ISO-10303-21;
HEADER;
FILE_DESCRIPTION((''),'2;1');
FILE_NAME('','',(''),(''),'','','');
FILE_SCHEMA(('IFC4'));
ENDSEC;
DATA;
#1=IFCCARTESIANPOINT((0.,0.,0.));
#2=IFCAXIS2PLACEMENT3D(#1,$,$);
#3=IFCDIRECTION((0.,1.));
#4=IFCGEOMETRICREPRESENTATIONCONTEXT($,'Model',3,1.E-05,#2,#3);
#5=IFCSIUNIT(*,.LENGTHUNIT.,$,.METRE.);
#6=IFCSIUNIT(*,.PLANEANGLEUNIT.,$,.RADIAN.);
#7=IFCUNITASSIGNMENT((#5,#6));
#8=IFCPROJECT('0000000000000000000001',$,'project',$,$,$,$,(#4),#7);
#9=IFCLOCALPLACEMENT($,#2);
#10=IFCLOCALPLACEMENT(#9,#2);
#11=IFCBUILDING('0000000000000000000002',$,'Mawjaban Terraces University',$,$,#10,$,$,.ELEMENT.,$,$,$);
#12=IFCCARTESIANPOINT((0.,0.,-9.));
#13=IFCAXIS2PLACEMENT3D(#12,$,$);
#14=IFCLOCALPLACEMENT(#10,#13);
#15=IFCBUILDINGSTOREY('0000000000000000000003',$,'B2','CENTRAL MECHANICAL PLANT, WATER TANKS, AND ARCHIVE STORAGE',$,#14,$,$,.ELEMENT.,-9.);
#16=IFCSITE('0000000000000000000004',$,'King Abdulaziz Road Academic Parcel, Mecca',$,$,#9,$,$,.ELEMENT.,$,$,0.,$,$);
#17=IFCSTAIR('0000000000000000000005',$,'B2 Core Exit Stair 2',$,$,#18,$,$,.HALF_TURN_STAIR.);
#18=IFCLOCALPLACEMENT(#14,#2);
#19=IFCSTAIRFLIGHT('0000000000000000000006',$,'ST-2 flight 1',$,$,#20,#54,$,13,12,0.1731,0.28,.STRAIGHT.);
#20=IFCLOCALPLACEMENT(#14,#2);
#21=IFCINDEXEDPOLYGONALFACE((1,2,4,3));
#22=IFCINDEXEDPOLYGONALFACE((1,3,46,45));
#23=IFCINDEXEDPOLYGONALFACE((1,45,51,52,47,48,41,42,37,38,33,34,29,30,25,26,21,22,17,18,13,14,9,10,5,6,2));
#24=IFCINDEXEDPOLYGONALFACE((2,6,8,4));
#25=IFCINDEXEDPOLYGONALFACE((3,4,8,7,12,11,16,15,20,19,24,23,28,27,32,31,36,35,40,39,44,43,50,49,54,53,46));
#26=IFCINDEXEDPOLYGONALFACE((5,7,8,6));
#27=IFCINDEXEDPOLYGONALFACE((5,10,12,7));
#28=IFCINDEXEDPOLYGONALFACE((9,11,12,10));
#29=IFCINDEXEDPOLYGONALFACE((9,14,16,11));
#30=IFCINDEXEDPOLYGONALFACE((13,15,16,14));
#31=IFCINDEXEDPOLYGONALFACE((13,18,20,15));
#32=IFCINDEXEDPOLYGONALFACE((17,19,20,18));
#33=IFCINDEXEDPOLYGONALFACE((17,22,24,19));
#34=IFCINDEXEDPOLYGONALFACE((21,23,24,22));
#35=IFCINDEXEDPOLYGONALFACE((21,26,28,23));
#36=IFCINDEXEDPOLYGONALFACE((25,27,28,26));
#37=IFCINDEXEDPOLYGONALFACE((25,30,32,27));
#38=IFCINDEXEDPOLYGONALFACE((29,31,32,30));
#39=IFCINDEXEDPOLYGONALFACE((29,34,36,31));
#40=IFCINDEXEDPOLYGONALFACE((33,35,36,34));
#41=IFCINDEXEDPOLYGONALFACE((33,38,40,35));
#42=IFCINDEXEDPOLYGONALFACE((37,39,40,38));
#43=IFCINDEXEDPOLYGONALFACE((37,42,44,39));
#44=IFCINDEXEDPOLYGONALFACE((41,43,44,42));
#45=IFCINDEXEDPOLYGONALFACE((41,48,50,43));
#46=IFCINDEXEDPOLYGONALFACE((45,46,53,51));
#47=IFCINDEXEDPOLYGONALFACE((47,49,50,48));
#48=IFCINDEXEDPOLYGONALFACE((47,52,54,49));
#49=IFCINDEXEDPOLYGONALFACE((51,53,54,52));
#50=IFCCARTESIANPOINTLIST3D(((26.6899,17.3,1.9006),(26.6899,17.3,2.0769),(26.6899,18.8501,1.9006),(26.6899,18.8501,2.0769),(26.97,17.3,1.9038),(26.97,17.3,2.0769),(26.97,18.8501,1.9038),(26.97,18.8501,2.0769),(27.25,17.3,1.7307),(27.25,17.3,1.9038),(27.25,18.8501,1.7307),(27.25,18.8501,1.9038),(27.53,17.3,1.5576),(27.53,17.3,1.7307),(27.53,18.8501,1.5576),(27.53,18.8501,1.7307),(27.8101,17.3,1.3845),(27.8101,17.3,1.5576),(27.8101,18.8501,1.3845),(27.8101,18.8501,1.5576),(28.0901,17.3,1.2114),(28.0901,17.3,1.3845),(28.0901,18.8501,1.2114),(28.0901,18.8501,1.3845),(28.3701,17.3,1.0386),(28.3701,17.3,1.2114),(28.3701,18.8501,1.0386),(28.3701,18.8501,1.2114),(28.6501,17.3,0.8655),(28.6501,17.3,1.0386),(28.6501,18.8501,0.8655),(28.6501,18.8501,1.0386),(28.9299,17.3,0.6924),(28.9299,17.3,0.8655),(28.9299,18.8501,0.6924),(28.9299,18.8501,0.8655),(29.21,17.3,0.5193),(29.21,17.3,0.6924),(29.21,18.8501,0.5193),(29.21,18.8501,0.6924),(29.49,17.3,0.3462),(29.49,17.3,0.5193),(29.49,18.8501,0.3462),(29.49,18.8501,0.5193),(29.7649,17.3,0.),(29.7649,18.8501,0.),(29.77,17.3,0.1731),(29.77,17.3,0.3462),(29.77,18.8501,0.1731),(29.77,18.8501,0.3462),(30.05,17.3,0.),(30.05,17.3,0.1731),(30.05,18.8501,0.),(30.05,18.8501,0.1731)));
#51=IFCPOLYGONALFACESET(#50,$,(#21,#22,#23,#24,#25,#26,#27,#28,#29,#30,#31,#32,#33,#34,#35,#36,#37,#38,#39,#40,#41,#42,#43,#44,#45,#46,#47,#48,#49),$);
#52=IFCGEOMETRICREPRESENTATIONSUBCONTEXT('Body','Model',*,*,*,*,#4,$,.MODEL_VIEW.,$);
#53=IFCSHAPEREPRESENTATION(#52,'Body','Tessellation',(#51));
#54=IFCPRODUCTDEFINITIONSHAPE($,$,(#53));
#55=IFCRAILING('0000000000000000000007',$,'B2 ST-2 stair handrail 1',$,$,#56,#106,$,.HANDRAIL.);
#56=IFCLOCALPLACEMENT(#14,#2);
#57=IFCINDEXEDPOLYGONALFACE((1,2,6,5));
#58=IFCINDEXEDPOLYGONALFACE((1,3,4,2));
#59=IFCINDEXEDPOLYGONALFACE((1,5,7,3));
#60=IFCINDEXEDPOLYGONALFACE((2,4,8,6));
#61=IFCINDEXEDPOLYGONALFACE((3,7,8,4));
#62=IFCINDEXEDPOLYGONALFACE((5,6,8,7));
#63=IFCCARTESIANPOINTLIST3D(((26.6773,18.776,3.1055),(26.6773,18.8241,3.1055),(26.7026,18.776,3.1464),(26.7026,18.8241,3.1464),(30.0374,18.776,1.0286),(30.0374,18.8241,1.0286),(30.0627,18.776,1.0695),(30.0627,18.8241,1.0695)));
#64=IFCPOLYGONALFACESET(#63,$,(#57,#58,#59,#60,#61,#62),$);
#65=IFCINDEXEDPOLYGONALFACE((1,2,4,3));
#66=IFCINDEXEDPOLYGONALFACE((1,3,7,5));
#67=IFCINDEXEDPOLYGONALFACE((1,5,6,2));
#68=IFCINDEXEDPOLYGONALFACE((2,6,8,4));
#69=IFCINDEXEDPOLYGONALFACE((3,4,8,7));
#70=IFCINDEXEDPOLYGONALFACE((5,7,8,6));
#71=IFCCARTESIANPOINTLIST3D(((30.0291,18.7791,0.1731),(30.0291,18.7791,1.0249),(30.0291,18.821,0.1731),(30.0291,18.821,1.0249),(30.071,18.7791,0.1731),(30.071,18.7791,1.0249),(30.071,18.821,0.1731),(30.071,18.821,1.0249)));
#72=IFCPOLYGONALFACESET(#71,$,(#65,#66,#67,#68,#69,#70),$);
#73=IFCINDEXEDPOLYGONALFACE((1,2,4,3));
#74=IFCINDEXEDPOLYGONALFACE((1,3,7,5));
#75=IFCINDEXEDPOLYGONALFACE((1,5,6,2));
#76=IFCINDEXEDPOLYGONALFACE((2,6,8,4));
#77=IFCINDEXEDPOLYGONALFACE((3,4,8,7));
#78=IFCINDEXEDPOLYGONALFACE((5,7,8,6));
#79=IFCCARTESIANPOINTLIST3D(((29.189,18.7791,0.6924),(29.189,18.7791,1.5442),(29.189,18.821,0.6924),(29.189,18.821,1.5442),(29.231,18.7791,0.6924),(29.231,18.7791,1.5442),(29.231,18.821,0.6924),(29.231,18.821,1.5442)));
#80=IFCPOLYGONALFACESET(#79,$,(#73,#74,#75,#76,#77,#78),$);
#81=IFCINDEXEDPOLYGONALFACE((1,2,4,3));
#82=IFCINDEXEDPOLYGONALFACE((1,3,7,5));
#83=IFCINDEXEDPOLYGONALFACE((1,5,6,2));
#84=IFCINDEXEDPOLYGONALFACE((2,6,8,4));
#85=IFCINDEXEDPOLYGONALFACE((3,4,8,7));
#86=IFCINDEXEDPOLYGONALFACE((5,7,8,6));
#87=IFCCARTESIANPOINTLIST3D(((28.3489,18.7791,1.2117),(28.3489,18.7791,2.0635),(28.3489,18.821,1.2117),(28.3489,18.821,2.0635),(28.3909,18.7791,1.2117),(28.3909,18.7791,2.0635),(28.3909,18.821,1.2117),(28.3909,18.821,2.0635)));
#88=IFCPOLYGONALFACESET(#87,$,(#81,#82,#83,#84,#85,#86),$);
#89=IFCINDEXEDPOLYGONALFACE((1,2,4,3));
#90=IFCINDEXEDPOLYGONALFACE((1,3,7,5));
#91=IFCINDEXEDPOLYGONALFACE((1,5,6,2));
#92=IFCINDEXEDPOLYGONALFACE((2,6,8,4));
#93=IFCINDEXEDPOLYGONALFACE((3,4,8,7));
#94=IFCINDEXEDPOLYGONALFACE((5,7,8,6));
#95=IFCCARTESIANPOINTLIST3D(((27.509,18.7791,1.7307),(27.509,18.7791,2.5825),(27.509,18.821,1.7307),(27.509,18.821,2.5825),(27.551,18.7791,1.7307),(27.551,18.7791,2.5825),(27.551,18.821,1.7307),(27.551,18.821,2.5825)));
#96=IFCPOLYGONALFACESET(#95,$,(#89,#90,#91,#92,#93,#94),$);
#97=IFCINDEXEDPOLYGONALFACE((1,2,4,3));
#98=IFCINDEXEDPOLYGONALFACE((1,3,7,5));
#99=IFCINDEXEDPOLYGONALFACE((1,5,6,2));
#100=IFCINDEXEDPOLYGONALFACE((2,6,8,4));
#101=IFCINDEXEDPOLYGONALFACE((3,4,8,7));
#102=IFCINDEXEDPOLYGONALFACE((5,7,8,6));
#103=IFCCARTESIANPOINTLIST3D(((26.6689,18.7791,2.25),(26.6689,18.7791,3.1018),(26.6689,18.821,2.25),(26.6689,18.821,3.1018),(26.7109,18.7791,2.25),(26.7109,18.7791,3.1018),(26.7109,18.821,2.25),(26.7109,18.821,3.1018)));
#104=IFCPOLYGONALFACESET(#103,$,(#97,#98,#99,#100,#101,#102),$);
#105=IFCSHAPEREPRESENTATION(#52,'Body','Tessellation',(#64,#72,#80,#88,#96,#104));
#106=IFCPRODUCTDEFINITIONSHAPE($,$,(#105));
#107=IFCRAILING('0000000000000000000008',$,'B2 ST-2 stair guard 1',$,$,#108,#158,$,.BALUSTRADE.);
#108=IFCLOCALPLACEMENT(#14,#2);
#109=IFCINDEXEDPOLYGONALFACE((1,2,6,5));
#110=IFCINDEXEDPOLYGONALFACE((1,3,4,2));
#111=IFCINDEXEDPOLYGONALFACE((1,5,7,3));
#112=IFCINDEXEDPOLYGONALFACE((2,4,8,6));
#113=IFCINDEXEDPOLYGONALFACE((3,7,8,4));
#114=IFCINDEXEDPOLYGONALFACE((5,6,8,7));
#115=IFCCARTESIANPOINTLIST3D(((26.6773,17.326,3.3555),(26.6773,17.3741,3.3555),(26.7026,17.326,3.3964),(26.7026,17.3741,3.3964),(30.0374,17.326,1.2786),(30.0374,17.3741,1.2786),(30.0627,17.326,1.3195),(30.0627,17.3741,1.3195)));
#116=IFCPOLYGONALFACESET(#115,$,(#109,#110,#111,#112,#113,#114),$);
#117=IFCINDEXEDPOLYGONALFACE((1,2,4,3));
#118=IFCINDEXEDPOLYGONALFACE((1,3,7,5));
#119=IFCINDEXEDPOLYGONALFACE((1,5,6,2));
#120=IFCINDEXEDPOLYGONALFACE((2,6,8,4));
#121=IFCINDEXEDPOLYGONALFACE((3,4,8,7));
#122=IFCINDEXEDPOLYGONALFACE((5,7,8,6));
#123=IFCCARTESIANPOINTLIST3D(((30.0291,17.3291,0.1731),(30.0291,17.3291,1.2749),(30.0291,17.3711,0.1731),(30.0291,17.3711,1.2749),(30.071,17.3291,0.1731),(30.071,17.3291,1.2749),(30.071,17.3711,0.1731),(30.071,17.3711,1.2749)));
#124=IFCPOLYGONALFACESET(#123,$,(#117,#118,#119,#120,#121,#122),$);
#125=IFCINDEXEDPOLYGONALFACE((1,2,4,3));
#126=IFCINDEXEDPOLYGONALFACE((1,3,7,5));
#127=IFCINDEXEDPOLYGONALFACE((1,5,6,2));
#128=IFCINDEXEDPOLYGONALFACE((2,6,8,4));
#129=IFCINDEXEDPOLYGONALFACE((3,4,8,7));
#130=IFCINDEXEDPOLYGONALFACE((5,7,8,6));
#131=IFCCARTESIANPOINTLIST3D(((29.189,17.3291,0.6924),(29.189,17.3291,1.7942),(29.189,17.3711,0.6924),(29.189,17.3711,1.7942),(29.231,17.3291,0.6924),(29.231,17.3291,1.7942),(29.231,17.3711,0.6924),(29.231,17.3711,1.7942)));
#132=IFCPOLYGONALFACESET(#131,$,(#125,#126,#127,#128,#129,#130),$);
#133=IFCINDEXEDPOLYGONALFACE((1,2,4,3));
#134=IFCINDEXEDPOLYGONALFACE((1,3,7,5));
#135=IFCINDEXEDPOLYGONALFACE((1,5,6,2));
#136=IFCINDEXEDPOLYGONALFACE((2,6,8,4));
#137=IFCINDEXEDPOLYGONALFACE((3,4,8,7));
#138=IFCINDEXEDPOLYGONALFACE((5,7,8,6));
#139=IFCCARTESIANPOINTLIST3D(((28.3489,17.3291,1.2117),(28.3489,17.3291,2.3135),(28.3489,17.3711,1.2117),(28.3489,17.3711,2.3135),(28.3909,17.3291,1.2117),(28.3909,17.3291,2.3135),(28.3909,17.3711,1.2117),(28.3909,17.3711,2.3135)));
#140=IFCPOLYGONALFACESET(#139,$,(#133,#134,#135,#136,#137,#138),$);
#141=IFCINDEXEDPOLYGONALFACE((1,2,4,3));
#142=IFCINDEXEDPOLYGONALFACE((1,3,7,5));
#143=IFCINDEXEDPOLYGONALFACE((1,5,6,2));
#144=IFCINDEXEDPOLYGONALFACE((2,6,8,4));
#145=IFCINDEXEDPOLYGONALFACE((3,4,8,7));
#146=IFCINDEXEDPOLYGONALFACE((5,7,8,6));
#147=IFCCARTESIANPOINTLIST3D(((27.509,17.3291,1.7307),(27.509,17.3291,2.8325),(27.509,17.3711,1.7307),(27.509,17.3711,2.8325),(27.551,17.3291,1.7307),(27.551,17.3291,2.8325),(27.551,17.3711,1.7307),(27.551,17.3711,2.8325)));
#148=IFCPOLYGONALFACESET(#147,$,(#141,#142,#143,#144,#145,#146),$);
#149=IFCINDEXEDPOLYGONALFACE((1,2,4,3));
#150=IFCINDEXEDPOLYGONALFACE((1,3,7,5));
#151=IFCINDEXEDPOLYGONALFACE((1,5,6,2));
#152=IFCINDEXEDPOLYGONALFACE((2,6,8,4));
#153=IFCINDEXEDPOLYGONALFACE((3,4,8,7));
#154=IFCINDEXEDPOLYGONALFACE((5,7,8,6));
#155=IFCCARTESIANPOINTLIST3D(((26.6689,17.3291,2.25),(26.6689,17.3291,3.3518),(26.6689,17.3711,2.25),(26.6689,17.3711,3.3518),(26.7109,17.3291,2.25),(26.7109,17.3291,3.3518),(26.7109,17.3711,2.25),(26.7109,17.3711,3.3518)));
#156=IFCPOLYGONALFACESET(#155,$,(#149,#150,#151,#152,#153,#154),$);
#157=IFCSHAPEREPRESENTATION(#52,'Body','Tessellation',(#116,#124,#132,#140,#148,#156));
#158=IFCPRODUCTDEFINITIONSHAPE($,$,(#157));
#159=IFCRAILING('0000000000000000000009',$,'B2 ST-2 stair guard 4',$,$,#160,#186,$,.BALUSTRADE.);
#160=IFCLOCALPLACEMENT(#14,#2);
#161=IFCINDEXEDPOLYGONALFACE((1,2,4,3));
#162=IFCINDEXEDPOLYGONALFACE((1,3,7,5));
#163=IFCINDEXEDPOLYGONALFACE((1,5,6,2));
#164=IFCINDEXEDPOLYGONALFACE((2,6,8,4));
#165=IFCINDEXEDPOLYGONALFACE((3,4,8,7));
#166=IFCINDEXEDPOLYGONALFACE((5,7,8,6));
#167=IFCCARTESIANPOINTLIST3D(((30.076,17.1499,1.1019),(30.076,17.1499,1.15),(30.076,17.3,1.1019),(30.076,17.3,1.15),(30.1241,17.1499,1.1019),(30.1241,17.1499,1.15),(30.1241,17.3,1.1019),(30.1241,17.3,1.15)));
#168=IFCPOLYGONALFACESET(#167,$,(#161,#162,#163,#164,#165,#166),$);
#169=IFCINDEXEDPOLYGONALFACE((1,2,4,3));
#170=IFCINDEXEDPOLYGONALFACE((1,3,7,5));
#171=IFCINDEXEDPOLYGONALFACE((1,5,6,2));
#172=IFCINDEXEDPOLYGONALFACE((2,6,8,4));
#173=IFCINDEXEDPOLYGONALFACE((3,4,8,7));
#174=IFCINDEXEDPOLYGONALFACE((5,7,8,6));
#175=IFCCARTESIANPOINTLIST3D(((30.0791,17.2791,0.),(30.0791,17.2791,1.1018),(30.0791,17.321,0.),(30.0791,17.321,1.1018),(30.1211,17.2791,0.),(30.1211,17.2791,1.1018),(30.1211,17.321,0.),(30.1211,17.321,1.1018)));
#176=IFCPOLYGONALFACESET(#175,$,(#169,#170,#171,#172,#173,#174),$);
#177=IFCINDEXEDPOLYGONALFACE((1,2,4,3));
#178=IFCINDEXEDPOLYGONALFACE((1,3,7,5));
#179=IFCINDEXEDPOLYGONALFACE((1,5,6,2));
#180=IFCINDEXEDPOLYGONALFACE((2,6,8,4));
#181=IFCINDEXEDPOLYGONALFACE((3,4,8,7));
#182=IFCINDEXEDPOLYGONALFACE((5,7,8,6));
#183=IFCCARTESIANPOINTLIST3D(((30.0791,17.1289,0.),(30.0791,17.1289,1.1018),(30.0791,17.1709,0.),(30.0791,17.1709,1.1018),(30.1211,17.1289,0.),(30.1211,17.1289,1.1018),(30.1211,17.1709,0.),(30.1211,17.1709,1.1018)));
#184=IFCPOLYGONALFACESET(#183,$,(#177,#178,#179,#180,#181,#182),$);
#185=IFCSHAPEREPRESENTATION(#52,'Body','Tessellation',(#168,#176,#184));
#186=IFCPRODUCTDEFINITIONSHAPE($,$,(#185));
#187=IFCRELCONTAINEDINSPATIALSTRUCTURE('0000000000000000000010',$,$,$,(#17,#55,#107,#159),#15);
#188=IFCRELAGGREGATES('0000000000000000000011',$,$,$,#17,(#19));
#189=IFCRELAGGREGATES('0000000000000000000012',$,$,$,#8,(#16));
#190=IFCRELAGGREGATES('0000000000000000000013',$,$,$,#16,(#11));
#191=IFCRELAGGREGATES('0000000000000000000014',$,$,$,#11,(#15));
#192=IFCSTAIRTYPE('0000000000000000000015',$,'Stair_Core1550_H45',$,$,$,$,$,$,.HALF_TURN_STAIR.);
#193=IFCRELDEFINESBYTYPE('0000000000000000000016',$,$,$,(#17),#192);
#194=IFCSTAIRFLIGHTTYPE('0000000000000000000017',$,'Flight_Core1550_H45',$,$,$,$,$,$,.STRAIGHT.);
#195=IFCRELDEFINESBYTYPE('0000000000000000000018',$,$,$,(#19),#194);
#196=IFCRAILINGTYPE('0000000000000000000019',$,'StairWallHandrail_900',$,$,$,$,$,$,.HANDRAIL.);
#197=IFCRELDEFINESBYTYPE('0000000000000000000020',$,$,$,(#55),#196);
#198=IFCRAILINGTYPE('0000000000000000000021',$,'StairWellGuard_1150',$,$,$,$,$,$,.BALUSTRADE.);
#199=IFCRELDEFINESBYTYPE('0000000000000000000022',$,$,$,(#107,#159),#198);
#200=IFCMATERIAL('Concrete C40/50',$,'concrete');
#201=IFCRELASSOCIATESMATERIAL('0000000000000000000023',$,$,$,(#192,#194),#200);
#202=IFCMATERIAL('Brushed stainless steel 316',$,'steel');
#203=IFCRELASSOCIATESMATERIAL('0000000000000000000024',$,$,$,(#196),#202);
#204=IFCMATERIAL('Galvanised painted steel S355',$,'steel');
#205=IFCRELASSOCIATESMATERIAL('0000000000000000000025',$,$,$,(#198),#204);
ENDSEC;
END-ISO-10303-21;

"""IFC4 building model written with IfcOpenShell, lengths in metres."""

from ifc_helpers import new_model, si_unit, direction, frame, origin, origin_2d, place, context, subcontext, project, spatial, polyline, rectangle, outline, extrude, material, type_object, element, aggregate, save


model = new_model("IFC4")

# Units and contexts
model_context = context("Model", 3, precision=1e-05, world=origin(), true_north=direction((0.0, 1.0)))
body_context = subcontext(model_context, "Body", "Model", "MODEL_VIEW")
ifc_project = project(units=[si_unit("LENGTHUNIT", "METRE"), si_unit("PLANEANGLEUNIT", "RADIAN")], contexts=[model_context])

# Site, building, storey
site_placement = place(None, origin())
site = spatial("IfcSite", under=ifc_project, at=site_placement, Name="King Abdulaziz Road Academic Parcel, Mecca", CompositionType="ELEMENT", RefElevation=0.0)
building_placement = place(site_placement, origin())
building = spatial("IfcBuilding", under=site, at=building_placement, Name="Mawjaban Terraces University", CompositionType="ELEMENT")
storey_placement = place(building_placement, frame((0.0, 0.0, -9.0)))
storey = spatial("IfcBuildingStorey", under=building, at=storey_placement, Name="B2", Description="CENTRAL MECHANICAL PLANT, WATER TANKS, AND ARCHIVE STORAGE", CompositionType="ELEMENT", Elevation=-9.0)

# Stair, stair flight
ifc_material_1 = material(Name="Concrete C40/50", Category="concrete")
stair_type = type_object("IfcStairType", Name="Stair_Core1550_H45", PredefinedType="HALF_TURN_STAIR", material=ifc_material_1)
stair_placement = place(storey_placement, origin())
stair = element("IfcStair", 1, at=stair_placement, inside=storey, type_object=stair_type, Name="B2 Core Exit Stair 2", PredefinedType="HALF_TURN_STAIR")
stair_flight_type = type_object("IfcStairFlightType", Name="Flight_Core1550_H45", PredefinedType="STRAIGHT", material=ifc_material_1)
stair_flight_placement = place(storey_placement, frame((30.05, 18.075, 0.0), z_axis=(0.0, 0.0, 1.0), x_axis=(-1.0, 0.0, 0.0)))
stair_flight = element("IfcStairFlight", 2, at=stair_flight_placement, type_object=stair_flight_type, Name="ST-2 flight 1", NumberOfRisers=13, NumberOfTreads=12, PredefinedType="STRAIGHT", RiserHeight=0.1731, TreadLength=0.28, context=body_context, shape_type="SweptSolid", body=[
    extrude(outline(polyline([(0.0, 0.0), (0.0, 0.1731), (0.28, 0.1731), (0.28, 0.3462), (0.5601, 0.3462), (0.5601, 0.5193), (0.8401, 0.5193), (0.8401, 0.6924), (1.1201, 0.6924), (1.1201, 0.8655), (1.3999, 0.8655), (1.3999, 1.0386), (1.6799, 1.0386), (1.6799, 1.2114), (1.96, 1.2114), (1.96, 1.3845), (2.24, 1.3845), (2.24, 1.5576), (2.52, 1.5576), (2.52, 1.7307), (2.8, 1.7307), (2.8, 1.9038), (3.0801, 1.9038), (3.0801, 2.0769), (3.3601, 2.0769), (3.3601, 2.25), (3.3601, 1.9006), (0.2852, 0.0), (0.0, 0.0)])), frame((0.0, 0.7749, 0.0), z_axis=(0.0, -1.0, 0.0), x_axis=(1.0, 0.0, 0.0)), (0.0, 0.0, 1.0), 1.55),
])
aggregate(stair, [stair_flight])

# Railings
ifc_material_2 = material(Name="Brushed stainless steel 316", Category="steel")
railing_type_1 = type_object("IfcRailingType", Name="StairWallHandrail_900", PredefinedType="HANDRAIL", material=ifc_material_2)
railing_1_placement = place(storey_placement, frame((30.05, 18.8, 0.1731)))
element("IfcRailing", 3, at=railing_1_placement, inside=storey, type_object=railing_type_1, Name="B2 ST-2 stair handrail 1", PredefinedType="HANDRAIL", context=body_context, shape_type="SweptSolid", body=[
    extrude(rectangle(XDim=0.0481, YDim=0.0481, at=origin_2d()), frame((0.0, 0.0, 0.876), z_axis=(-0.850623, 0.0, 0.525776), x_axis=(0.0, -1.0, 0.0)), (0.0, 0.0, 1.0), 3.9502),
    extrude(rectangle(XDim=0.042, YDim=0.042, at=origin_2d()), origin(), (0.0, 0.0, 1.0), 0.8518),
    extrude(rectangle(XDim=0.042, YDim=0.042, at=origin_2d()), frame((-0.8401, 0.0, 0.5193)), (0.0, 0.0, 1.0), 0.8518),
    extrude(rectangle(XDim=0.042, YDim=0.042, at=origin_2d()), frame((-1.6802, 0.0, 1.0386)), (0.0, 0.0, 1.0), 0.8518),
    extrude(rectangle(XDim=0.042, YDim=0.042, at=origin_2d()), frame((-2.52, 0.0, 1.5576)), (0.0, 0.0, 1.0), 0.8518),
    extrude(rectangle(XDim=0.042, YDim=0.042, at=origin_2d()), frame((-3.3601, 0.0, 2.0769)), (0.0, 0.0, 1.0), 0.8518),
])
ifc_material_3 = material(Name="Galvanised painted steel S355", Category="steel")
railing_type_2 = type_object("IfcRailingType", Name="StairWellGuard_1150", PredefinedType="BALUSTRADE", material=ifc_material_3)
railing_2_placement = place(storey_placement, frame((30.05, 17.3501, 0.1731)))
element("IfcRailing", 4, at=railing_2_placement, inside=storey, type_object=railing_type_2, Name="B2 ST-2 stair guard 1", PredefinedType="BALUSTRADE", context=body_context, shape_type="SweptSolid", body=[
    extrude(rectangle(XDim=0.0481, YDim=0.0481, at=origin_2d()), frame((0.0, 0.0, 1.126), z_axis=(-0.850623, 0.0, 0.525776), x_axis=(0.0, -1.0, 0.0)), (0.0, 0.0, 1.0), 3.9502),
    extrude(rectangle(XDim=0.042, YDim=0.042, at=origin_2d()), origin(), (0.0, 0.0, 1.0), 1.1018),
    extrude(rectangle(XDim=0.042, YDim=0.042, at=origin_2d()), frame((-0.8401, 0.0, 0.5193)), (0.0, 0.0, 1.0), 1.1018),
    extrude(rectangle(XDim=0.042, YDim=0.042, at=origin_2d()), frame((-1.6802, 0.0, 1.0386)), (0.0, 0.0, 1.0), 1.1018),
    extrude(rectangle(XDim=0.042, YDim=0.042, at=origin_2d()), frame((-2.52, 0.0, 1.5576)), (0.0, 0.0, 1.0), 1.1018),
    extrude(rectangle(XDim=0.042, YDim=0.042, at=origin_2d()), frame((-3.3601, 0.0, 2.0769)), (0.0, 0.0, 1.0), 1.1018),
])
railing_3_placement = place(storey_placement, frame((30.1001, 17.3, 0.0)))
element("IfcRailing", 5, at=railing_3_placement, inside=storey, type_object=railing_type_2, Name="B2 ST-2 stair guard 4", PredefinedType="BALUSTRADE", context=body_context, shape_type="SweptSolid", body=[
    extrude(rectangle(XDim=0.0481, YDim=0.0481, at=origin_2d()), frame((0.0, 0.0, 1.126), z_axis=(0.0, -1.0, 0.0), x_axis=(1.0, 0.0, 0.0)), (0.0, 0.0, 1.0), 0.1501),
    extrude(rectangle(XDim=0.042, YDim=0.042, at=origin_2d()), origin(), (0.0, 0.0, 1.0), 1.1018),
    extrude(rectangle(XDim=0.042, YDim=0.042, at=origin_2d()), frame((0.0, -0.1501, 0.0)), (0.0, 0.0, 1.0), 1.1018),
])

save(model, "model.ifc")
